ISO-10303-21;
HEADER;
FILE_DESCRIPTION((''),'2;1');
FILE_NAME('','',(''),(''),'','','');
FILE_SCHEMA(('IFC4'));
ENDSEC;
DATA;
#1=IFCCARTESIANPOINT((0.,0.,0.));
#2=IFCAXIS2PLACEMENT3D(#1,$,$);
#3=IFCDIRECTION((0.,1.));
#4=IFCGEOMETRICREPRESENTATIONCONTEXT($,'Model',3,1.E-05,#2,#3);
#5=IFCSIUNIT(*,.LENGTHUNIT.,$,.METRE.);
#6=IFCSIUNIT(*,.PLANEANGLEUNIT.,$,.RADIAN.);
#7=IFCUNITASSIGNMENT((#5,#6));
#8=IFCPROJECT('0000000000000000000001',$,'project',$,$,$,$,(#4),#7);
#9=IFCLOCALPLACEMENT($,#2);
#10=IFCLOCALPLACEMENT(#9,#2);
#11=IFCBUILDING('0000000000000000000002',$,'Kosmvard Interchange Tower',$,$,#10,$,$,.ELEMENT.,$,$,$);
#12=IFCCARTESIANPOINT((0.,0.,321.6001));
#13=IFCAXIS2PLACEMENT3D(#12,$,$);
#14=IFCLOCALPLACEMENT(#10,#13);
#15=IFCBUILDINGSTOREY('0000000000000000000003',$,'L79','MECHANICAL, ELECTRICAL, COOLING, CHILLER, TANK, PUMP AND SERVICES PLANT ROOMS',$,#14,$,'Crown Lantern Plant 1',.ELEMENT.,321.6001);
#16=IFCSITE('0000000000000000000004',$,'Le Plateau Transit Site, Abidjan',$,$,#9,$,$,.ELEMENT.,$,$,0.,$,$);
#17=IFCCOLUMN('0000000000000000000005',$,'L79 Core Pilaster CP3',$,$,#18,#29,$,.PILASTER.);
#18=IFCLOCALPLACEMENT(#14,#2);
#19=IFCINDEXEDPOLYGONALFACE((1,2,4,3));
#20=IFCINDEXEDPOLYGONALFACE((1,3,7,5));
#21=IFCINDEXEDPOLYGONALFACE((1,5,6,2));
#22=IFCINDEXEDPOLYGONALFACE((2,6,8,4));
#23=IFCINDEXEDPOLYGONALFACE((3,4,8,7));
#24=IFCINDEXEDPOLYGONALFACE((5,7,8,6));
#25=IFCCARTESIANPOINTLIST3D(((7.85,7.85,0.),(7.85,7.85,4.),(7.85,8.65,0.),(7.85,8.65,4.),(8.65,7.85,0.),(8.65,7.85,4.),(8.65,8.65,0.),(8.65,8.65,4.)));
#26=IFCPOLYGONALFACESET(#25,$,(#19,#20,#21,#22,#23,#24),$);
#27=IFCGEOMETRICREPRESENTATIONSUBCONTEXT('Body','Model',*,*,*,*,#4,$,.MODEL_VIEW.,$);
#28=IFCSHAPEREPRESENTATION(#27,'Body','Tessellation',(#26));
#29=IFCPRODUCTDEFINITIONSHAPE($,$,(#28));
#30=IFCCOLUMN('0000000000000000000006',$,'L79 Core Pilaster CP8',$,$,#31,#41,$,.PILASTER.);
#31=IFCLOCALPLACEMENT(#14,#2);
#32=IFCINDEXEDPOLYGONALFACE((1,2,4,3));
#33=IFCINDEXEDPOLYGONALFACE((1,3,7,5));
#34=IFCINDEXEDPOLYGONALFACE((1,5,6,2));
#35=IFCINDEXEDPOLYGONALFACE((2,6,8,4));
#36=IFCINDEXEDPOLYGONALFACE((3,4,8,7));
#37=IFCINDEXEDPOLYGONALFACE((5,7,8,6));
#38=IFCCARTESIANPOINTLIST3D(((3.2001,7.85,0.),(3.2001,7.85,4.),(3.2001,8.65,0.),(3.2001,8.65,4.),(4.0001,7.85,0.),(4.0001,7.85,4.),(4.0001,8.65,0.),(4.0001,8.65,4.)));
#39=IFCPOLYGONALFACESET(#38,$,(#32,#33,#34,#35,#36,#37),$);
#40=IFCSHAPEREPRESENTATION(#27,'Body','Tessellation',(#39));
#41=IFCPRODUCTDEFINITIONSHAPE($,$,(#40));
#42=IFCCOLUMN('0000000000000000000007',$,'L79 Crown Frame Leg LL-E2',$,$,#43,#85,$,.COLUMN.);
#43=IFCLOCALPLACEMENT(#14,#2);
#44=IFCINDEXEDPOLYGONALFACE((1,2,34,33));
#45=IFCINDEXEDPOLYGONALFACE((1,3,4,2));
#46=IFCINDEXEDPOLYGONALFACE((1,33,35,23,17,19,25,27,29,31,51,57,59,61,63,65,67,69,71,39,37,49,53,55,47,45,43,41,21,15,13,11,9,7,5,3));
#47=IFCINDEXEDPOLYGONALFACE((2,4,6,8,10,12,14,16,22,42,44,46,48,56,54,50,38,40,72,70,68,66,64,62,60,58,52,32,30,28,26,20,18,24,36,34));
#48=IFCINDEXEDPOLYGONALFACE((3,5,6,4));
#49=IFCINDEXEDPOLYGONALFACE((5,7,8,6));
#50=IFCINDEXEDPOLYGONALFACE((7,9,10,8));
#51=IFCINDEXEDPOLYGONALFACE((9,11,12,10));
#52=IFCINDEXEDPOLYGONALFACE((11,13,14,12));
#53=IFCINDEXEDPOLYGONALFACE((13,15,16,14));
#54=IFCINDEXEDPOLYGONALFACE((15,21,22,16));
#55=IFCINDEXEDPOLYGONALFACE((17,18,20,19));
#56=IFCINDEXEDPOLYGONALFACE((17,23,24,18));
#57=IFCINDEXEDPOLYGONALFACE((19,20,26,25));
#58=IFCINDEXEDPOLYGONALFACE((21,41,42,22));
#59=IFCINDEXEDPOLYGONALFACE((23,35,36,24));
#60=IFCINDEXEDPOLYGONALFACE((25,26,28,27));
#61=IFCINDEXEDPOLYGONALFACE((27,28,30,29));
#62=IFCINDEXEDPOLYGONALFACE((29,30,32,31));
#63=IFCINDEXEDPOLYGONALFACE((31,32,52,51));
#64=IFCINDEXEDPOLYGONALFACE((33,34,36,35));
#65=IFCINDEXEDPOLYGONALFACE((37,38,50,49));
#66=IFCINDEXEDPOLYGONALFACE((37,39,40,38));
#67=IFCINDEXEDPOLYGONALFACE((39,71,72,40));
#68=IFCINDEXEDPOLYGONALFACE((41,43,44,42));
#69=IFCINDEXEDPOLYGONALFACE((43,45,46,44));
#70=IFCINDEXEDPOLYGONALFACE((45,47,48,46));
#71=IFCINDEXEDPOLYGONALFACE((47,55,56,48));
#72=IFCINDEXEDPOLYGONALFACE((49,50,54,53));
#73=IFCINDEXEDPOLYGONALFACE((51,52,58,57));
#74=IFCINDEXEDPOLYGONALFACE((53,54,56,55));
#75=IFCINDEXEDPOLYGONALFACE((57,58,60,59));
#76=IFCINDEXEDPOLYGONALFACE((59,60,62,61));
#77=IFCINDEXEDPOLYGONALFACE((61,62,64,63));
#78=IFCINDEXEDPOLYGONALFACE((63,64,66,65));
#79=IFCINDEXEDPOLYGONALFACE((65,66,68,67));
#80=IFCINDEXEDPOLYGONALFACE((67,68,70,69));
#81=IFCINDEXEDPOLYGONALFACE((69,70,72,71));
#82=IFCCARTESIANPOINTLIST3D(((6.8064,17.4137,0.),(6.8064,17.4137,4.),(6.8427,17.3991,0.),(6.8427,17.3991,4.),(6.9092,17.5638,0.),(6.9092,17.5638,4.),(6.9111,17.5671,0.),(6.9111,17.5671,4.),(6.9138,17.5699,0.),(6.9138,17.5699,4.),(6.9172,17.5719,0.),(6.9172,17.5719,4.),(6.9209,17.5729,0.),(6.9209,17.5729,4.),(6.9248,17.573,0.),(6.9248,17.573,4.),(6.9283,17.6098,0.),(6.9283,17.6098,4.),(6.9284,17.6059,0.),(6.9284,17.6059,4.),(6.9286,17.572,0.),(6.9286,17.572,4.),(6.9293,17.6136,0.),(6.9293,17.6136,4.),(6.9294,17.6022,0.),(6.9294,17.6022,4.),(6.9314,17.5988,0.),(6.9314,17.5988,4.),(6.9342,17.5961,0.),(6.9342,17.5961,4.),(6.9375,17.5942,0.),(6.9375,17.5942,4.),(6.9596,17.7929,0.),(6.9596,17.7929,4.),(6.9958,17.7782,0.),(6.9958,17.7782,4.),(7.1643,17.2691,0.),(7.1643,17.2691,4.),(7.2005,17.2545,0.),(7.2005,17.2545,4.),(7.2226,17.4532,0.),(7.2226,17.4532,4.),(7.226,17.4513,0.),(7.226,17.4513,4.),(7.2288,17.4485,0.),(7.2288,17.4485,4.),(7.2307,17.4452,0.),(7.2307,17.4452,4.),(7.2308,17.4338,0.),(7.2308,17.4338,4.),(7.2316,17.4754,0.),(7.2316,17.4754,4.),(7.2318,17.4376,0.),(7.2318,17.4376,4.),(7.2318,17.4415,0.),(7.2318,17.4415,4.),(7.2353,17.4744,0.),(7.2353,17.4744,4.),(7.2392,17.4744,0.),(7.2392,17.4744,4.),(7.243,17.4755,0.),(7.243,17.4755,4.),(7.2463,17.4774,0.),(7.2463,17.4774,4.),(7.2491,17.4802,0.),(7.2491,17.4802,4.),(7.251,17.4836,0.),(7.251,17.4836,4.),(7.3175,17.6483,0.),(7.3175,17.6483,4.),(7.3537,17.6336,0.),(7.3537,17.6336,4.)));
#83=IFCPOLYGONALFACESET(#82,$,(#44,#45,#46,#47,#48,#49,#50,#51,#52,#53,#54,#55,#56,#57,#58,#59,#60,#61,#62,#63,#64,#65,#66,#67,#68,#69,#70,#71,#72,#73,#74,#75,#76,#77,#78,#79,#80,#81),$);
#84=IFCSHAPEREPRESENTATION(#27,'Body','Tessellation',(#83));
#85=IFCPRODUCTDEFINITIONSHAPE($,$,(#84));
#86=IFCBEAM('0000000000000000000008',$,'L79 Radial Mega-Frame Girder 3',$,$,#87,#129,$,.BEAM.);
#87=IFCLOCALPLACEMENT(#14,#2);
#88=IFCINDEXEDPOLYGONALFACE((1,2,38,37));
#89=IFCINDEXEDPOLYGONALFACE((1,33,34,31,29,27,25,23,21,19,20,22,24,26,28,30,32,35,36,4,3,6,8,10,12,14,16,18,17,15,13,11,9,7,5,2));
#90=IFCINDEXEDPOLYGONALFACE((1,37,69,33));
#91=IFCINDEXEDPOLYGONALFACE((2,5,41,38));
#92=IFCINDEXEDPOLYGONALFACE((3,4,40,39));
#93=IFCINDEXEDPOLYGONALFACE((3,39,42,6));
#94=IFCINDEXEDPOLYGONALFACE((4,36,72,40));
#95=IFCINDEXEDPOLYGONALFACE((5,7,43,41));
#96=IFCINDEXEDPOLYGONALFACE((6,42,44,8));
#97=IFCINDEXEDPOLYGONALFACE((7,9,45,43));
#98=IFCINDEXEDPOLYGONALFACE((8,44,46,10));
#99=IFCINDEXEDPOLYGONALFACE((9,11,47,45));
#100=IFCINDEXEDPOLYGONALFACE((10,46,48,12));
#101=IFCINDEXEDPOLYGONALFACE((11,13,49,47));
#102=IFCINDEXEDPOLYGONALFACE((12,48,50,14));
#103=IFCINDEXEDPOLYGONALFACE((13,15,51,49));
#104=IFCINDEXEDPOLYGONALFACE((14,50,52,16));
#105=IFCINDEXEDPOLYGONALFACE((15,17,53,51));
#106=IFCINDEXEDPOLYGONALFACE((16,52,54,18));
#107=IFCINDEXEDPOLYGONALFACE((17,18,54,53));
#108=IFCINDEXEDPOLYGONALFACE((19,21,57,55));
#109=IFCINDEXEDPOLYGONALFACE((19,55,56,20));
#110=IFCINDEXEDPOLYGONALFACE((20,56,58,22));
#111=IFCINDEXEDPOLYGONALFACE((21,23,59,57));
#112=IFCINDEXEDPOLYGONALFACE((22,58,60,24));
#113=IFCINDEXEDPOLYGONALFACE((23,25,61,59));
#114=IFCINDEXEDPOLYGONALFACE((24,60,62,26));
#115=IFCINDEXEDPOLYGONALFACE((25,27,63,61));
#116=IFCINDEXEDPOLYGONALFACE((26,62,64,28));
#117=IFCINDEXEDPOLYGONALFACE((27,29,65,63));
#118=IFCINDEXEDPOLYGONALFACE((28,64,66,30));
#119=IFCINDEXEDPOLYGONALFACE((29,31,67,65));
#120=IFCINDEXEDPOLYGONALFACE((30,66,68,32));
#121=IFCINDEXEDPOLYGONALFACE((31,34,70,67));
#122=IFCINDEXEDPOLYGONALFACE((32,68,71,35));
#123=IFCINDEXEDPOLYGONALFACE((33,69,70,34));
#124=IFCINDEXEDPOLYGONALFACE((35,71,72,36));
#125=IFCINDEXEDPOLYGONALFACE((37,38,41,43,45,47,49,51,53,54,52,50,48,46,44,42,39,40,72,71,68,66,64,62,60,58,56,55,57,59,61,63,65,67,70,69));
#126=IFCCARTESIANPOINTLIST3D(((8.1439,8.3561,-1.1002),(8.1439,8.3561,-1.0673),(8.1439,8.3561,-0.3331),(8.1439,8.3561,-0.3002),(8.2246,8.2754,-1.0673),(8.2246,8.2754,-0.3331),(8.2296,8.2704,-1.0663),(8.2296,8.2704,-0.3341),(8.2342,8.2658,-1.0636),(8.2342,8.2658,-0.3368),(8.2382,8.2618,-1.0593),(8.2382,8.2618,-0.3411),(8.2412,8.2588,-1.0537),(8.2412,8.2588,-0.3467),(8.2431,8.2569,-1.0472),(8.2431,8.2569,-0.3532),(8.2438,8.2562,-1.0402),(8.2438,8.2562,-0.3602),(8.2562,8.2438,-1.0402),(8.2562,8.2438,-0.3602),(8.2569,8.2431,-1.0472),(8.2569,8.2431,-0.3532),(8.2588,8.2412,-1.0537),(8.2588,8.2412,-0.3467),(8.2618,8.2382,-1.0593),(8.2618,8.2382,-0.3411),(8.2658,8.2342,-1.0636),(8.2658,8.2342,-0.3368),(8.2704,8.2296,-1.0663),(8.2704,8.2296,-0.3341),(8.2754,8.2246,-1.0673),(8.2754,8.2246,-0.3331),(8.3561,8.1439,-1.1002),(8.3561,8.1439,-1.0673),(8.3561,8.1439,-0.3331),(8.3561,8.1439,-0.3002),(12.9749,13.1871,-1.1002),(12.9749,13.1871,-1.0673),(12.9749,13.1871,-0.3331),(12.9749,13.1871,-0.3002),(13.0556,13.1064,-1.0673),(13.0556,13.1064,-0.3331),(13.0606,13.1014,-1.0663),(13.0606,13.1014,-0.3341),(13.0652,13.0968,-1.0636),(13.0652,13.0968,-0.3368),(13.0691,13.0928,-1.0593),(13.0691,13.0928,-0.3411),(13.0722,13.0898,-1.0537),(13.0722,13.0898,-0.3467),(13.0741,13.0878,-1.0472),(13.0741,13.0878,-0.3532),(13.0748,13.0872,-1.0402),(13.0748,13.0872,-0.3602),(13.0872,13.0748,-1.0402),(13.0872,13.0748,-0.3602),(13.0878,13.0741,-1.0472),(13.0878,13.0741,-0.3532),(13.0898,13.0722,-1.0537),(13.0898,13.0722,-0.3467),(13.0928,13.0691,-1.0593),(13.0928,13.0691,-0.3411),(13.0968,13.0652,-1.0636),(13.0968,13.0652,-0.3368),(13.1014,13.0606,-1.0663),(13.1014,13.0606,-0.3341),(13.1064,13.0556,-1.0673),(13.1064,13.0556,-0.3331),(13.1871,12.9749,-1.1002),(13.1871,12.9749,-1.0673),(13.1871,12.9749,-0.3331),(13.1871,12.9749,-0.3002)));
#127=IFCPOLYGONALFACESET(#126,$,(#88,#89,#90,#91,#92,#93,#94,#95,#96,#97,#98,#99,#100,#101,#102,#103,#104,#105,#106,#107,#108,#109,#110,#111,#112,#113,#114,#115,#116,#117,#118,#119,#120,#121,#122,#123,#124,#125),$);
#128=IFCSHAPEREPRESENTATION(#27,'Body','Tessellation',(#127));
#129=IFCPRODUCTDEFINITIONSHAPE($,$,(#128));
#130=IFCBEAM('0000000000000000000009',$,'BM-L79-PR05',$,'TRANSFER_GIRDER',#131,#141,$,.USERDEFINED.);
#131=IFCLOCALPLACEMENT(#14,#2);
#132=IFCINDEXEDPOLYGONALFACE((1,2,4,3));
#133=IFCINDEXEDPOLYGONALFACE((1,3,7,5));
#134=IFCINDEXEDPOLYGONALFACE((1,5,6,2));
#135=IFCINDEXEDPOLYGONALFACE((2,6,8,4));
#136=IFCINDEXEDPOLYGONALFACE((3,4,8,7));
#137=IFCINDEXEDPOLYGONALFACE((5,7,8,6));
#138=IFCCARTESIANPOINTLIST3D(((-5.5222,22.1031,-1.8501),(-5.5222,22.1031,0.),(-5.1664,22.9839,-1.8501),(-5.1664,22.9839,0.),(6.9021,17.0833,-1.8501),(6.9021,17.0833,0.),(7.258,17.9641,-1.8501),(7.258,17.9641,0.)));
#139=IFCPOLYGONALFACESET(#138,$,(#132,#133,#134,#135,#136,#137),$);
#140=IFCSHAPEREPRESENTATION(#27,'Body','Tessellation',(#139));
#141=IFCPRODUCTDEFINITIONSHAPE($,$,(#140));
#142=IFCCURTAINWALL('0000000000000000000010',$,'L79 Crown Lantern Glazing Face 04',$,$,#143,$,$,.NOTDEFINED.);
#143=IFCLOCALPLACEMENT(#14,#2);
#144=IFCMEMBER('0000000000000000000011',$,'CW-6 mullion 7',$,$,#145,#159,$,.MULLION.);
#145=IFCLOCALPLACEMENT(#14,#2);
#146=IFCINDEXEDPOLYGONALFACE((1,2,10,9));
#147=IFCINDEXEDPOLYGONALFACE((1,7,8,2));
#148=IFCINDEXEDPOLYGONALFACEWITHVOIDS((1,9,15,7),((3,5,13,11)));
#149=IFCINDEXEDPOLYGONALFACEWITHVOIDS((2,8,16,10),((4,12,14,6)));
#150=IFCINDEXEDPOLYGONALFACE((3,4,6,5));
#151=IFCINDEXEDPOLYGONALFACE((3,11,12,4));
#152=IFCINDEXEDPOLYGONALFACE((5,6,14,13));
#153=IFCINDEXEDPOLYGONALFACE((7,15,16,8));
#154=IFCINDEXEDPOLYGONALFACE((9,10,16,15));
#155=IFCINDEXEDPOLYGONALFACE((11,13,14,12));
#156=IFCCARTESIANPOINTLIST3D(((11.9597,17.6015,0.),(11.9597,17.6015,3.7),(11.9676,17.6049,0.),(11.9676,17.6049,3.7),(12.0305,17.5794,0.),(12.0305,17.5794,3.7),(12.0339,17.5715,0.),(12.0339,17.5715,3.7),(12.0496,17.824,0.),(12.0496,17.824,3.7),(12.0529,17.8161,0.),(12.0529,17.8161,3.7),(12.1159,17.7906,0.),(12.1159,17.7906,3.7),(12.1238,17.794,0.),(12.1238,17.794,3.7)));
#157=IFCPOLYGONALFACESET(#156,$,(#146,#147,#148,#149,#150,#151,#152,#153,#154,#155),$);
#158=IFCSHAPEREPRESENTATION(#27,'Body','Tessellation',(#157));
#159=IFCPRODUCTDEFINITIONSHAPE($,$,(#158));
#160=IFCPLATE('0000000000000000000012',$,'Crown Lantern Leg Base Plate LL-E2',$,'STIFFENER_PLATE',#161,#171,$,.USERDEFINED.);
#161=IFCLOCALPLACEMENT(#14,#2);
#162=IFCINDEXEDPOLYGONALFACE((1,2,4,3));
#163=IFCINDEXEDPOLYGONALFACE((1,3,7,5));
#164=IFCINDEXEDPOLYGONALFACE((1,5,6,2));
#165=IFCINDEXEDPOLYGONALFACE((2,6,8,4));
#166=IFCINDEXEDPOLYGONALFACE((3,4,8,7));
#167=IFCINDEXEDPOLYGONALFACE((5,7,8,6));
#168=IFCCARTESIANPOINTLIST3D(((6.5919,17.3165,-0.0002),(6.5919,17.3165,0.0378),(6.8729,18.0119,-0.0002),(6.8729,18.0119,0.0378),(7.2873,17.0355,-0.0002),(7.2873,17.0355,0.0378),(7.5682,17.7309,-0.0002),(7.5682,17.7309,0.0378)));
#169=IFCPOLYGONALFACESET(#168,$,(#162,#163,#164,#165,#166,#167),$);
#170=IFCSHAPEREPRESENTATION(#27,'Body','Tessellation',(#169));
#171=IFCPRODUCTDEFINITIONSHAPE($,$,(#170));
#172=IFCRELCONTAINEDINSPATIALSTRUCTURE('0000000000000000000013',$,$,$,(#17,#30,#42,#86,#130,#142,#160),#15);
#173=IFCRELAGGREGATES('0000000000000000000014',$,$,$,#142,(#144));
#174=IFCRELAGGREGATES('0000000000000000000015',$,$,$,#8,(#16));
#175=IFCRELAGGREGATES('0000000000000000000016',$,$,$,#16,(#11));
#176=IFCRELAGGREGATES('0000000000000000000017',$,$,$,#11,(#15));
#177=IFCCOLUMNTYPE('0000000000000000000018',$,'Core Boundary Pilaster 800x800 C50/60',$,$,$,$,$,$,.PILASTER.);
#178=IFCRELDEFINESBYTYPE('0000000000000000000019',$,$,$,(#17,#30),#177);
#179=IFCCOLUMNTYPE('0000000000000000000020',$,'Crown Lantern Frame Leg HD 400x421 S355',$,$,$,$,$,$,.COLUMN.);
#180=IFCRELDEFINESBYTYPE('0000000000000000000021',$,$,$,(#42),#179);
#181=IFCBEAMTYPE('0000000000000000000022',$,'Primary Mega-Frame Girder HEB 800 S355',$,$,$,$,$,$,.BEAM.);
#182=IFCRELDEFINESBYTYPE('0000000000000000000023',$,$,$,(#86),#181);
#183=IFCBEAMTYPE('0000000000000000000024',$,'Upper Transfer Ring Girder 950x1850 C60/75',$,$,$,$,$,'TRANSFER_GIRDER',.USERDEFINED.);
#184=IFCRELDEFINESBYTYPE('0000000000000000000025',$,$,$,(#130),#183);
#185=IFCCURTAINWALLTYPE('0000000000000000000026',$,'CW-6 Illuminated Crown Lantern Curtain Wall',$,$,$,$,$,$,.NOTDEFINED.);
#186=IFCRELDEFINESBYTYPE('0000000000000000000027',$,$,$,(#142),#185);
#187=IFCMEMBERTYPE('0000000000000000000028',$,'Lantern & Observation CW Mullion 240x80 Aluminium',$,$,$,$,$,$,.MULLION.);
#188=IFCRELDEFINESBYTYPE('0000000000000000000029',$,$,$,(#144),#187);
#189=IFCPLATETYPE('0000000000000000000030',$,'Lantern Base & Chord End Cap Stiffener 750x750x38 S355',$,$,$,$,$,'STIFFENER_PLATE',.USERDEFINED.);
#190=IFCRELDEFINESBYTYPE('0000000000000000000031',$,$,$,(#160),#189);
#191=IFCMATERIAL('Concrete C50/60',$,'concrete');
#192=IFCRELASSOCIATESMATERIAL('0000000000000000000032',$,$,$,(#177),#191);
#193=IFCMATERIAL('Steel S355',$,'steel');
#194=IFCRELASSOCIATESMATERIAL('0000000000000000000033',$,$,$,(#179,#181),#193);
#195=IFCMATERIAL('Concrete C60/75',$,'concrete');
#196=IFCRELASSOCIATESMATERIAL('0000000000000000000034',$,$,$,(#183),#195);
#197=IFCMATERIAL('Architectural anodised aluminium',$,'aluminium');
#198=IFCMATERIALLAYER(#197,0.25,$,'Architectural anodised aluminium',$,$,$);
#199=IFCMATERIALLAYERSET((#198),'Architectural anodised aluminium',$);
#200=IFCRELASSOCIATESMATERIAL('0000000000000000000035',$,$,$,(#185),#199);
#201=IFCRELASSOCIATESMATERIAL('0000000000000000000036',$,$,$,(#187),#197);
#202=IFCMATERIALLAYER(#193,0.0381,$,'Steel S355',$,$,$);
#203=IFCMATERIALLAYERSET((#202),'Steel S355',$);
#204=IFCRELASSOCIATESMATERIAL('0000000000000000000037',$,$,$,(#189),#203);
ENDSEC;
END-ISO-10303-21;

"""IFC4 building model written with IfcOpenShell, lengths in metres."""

from ifc_helpers import new_model, si_unit, direction, frame, origin, origin_2d, place, context, subcontext, project, spatial, rectangle, hollow_rectangle, i_section, extrude, source, transform, mapped, material, layer, layer_set, material_profile, profile_set, type_object, element, aggregate, save


model = new_model("IFC4")

# Units and contexts
model_context = context("Model", 3, precision=1e-05, world=origin(), true_north=direction((0.0, 1.0)))
body_context = subcontext(model_context, "Body", "Model", "MODEL_VIEW")
ifc_project = project(units=[si_unit("LENGTHUNIT", "METRE"), si_unit("PLANEANGLEUNIT", "RADIAN")], contexts=[model_context])

# Site, building, storey
site_placement = place(None, origin())
site = spatial("IfcSite", under=ifc_project, at=site_placement, Name="Le Plateau Transit Site, Abidjan", CompositionType="ELEMENT", RefElevation=0.0)
building_placement = place(site_placement, origin())
building = spatial("IfcBuilding", under=site, at=building_placement, Name="Kosmvard Interchange Tower", CompositionType="ELEMENT")
storey_placement = place(building_placement, frame((0.0, 0.0, 321.6001)))
storey = spatial("IfcBuildingStorey", under=building, at=storey_placement, Name="L79", Description="MECHANICAL, ELECTRICAL, COOLING, CHILLER, TANK, PUMP AND SERVICES PLANT ROOMS", LongName="Crown Lantern Plant 1", CompositionType="ELEMENT", Elevation=321.6001)

# Columns
ifc_material_1 = material(Name="Concrete C50/60", Category="concrete")
ifc_material_profile_1 = material_profile(ifc_material_1, rectangle(XDim=0.8, YDim=0.8, at=origin_2d()), Name="CP 800x800")
ifc_profile_set_1 = profile_set([ifc_material_profile_1], Name="Concrete C50/60")
column_type_1 = type_object("IfcColumnType", Name="Core Boundary Pilaster 800x800 C50/60", PredefinedType="PILASTER", material=ifc_profile_set_1)
shared_shape_1 = source(origin(), body_context, "Body", "SweptSolid", [
    extrude(rectangle(XDim=0.8, YDim=0.8, at=origin_2d()), origin(), (0.0, 0.0, 1.0), 4.0),
])
for number, where, z_axis, x_axis, name in (
    (1, (8.25, 8.25, 0.0), (0.0, 0.0, 1.0), (1.0, 0.0, 0.0), "L79 Core Pilaster CP3"),
    (2, (3.6001, 8.25, 0.0), (0.0, 0.0, 1.0), (1.0, 0.0, 0.0), "L79 Core Pilaster CP8"),
):
    element("IfcColumn", number, at=place(storey_placement, frame(where, z_axis=z_axis, x_axis=x_axis)), inside=storey, type_object=column_type_1, Name=name, PredefinedType="PILASTER", context=body_context, shape_type="MappedRepresentation", body=[
        mapped(shared_shape_1, transform((0.0, 0.0, 0.0), scale=1.0)),
    ])
ifc_material_2 = material(Name="Steel S355", Category="steel")
ifc_material_profile_2 = material_profile(ifc_material_2, i_section(OverallWidth=0.4089, OverallDepth=0.425, WebThickness=0.0239, FlangeThickness=0.0391, FilletRadius=0.0149, at=origin_2d()), Name="HD 400x421")
ifc_profile_set_2 = profile_set([ifc_material_profile_2], Name="Steel S355")
column_type_2 = type_object("IfcColumnType", Name="Crown Lantern Frame Leg HD 400x421 S355", PredefinedType="COLUMN", material=ifc_profile_set_2)
shared_shape_2 = source(origin(), body_context, "Body", "SweptSolid", [
    extrude(i_section(OverallWidth=0.4089, OverallDepth=0.425, WebThickness=0.0239, FlangeThickness=0.0391, FilletRadius=0.0149, at=origin_2d()), origin(), (0.0, 0.0, 1.0), 4.0),
])
column_placement = place(storey_placement, frame((7.0801, 17.5237, 0.0), z_axis=(0.0, 0.0, 1.0), x_axis=(0.374607, 0.927184, 0.0)))
element("IfcColumn", 3, at=column_placement, inside=storey, type_object=column_type_2, Name="L79 Crown Frame Leg LL-E2", PredefinedType="COLUMN", context=body_context, shape_type="MappedRepresentation", body=[
    mapped(shared_shape_2, transform((0.0, 0.0, 0.0), scale=1.0)),
])

# Beams
ifc_material_profile_3 = material_profile(ifc_material_2, i_section(OverallWidth=0.3, OverallDepth=0.8, WebThickness=0.0176, FlangeThickness=0.033, FilletRadius=0.0271, at=origin_2d()), Name="HEB 800")
ifc_profile_set_3 = profile_set([ifc_material_profile_3], Name="Steel S355")
beam_type_1 = type_object("IfcBeamType", Name="Primary Mega-Frame Girder HEB 800 S355", PredefinedType="BEAM", material=ifc_profile_set_3)
shared_shape_3 = source(origin(), body_context, "Body", "SweptSolid", [
    extrude(i_section(OverallWidth=0.3, OverallDepth=0.8, WebThickness=0.0176, FlangeThickness=0.033, FilletRadius=0.0271, at=origin_2d()), origin(), (0.0, 0.0, 1.0), 6.832),
])
beam_1_placement = place(storey_placement, frame((8.25, 8.25, -0.7002), z_axis=(0.707107, 0.707107, 0.0), x_axis=(-0.707107, 0.707107, 0.0)))
element("IfcBeam", 4, at=beam_1_placement, inside=storey, type_object=beam_type_1, Name="L79 Radial Mega-Frame Girder 3", PredefinedType="BEAM", context=body_context, shape_type="MappedRepresentation", body=[
    mapped(shared_shape_3, transform((0.0, 0.0, 0.0), scale=1.0)),
])
ifc_material_3 = material(Name="Concrete C60/75", Category="concrete")
ifc_material_profile_4 = material_profile(ifc_material_3, rectangle(XDim=0.95, YDim=1.8501, at=origin_2d()), Name="TG 950x1850")
ifc_profile_set_4 = profile_set([ifc_material_profile_4], Name="Concrete C60/75")
beam_type_2 = type_object("IfcBeamType", Name="Upper Transfer Ring Girder 950x1850 C60/75", ElementType="TRANSFER_GIRDER", PredefinedType="USERDEFINED", material=ifc_profile_set_4)
shared_shape_4 = source(origin(), body_context, "Body", "SweptSolid", [
    extrude(rectangle(XDim=0.95, YDim=1.8501, at=origin_2d()), origin(), (0.0, 0.0, 1.0), 13.4001),
])
beam_2_placement = place(storey_placement, frame((7.0801, 17.5237, -0.925), z_axis=(-0.927183, 0.374608, 0.0), x_axis=(-0.374608, -0.927183, 0.0)))
element("IfcBeam", 5, at=beam_2_placement, inside=storey, type_object=beam_type_2, Name="BM-L79-PR05", ObjectType="TRANSFER_GIRDER", PredefinedType="USERDEFINED", context=body_context, shape_type="MappedRepresentation", body=[
    mapped(shared_shape_4, transform((0.0, 0.0, 0.0), scale=1.0)),
])

# Curtain wall, member
ifc_material_4 = material(Name="Architectural anodised aluminium", Category="aluminium")
ifc_layer_1 = layer(ifc_material_4, 0.25, Name="Architectural anodised aluminium")
ifc_layer_set_1 = layer_set([ifc_layer_1], Name="Architectural anodised aluminium")
curtain_wall_type = type_object("IfcCurtainWallType", Name="CW-6 Illuminated Crown Lantern Curtain Wall", PredefinedType="NOTDEFINED", material=ifc_layer_set_1)
curtain_wall_placement = place(storey_placement, origin())
curtain_wall = element("IfcCurtainWall", 6, at=curtain_wall_placement, inside=storey, type_object=curtain_wall_type, Name="L79 Crown Lantern Glazing Face 04", PredefinedType="NOTDEFINED")
ifc_material_profile_5 = material_profile(ifc_material_4, hollow_rectangle(XDim=0.24, YDim=0.0801, WallThickness=0.0061, at=origin_2d()), Name="CWM 240x80x6")
ifc_profile_set_5 = profile_set([ifc_material_profile_5], Name="Architectural anodised aluminium")
member_type = type_object("IfcMemberType", Name="Lantern & Observation CW Mullion 240x80 Aluminium", PredefinedType="MULLION", material=ifc_profile_set_5)
shared_shape_5 = source(origin(), body_context, "Body", "SweptSolid", [
    extrude(hollow_rectangle(XDim=0.24, YDim=0.0801, WallThickness=0.0061, at=origin_2d()), origin(), (0.0, 0.0, 1.0), 3.7),
])
member_placement = place(storey_placement, frame((12.0417, 17.6978, 0.0), z_axis=(0.0, 0.0, 1.0), x_axis=(-0.374607, -0.927184, 0.0)))
member = element("IfcMember", 7, at=member_placement, type_object=member_type, Name="CW-6 mullion 7", PredefinedType="MULLION", context=body_context, shape_type="MappedRepresentation", body=[
    mapped(shared_shape_5, transform((0.0, 0.0, 0.0), scale=1.0)),
])
aggregate(curtain_wall, [member])

# Plate
ifc_layer_2 = layer(ifc_material_2, 0.0381, Name="Steel S355")
ifc_layer_set_2 = layer_set([ifc_layer_2], Name="Steel S355")
plate_type = type_object("IfcPlateType", Name="Lantern Base & Chord End Cap Stiffener 750x750x38 S355", ElementType="STIFFENER_PLATE", PredefinedType="USERDEFINED", material=ifc_layer_set_2)
shared_shape_6 = source(origin(), body_context, "Body", "SweptSolid", [
    extrude(rectangle(XDim=0.75, YDim=0.75, at=origin_2d()), origin(), (0.0, 0.0, 1.0), 0.0381),
])
plate_1_placement = place(storey_placement, frame((7.0801, 17.5237, -0.0002), z_axis=(0.0, 0.0, 1.0), x_axis=(0.374607, 0.927184, 0.0)))
element("IfcPlate", 8, at=plate_1_placement, inside=storey, type_object=plate_type, Name="Crown Lantern Leg Base Plate LL-E2", ObjectType="STIFFENER_PLATE", PredefinedType="USERDEFINED", context=body_context, shape_type="MappedRepresentation", body=[
    mapped(shared_shape_6, transform((0.0, 0.0, 0.0), scale=1.0)),
])

save(model, "model.ifc")
